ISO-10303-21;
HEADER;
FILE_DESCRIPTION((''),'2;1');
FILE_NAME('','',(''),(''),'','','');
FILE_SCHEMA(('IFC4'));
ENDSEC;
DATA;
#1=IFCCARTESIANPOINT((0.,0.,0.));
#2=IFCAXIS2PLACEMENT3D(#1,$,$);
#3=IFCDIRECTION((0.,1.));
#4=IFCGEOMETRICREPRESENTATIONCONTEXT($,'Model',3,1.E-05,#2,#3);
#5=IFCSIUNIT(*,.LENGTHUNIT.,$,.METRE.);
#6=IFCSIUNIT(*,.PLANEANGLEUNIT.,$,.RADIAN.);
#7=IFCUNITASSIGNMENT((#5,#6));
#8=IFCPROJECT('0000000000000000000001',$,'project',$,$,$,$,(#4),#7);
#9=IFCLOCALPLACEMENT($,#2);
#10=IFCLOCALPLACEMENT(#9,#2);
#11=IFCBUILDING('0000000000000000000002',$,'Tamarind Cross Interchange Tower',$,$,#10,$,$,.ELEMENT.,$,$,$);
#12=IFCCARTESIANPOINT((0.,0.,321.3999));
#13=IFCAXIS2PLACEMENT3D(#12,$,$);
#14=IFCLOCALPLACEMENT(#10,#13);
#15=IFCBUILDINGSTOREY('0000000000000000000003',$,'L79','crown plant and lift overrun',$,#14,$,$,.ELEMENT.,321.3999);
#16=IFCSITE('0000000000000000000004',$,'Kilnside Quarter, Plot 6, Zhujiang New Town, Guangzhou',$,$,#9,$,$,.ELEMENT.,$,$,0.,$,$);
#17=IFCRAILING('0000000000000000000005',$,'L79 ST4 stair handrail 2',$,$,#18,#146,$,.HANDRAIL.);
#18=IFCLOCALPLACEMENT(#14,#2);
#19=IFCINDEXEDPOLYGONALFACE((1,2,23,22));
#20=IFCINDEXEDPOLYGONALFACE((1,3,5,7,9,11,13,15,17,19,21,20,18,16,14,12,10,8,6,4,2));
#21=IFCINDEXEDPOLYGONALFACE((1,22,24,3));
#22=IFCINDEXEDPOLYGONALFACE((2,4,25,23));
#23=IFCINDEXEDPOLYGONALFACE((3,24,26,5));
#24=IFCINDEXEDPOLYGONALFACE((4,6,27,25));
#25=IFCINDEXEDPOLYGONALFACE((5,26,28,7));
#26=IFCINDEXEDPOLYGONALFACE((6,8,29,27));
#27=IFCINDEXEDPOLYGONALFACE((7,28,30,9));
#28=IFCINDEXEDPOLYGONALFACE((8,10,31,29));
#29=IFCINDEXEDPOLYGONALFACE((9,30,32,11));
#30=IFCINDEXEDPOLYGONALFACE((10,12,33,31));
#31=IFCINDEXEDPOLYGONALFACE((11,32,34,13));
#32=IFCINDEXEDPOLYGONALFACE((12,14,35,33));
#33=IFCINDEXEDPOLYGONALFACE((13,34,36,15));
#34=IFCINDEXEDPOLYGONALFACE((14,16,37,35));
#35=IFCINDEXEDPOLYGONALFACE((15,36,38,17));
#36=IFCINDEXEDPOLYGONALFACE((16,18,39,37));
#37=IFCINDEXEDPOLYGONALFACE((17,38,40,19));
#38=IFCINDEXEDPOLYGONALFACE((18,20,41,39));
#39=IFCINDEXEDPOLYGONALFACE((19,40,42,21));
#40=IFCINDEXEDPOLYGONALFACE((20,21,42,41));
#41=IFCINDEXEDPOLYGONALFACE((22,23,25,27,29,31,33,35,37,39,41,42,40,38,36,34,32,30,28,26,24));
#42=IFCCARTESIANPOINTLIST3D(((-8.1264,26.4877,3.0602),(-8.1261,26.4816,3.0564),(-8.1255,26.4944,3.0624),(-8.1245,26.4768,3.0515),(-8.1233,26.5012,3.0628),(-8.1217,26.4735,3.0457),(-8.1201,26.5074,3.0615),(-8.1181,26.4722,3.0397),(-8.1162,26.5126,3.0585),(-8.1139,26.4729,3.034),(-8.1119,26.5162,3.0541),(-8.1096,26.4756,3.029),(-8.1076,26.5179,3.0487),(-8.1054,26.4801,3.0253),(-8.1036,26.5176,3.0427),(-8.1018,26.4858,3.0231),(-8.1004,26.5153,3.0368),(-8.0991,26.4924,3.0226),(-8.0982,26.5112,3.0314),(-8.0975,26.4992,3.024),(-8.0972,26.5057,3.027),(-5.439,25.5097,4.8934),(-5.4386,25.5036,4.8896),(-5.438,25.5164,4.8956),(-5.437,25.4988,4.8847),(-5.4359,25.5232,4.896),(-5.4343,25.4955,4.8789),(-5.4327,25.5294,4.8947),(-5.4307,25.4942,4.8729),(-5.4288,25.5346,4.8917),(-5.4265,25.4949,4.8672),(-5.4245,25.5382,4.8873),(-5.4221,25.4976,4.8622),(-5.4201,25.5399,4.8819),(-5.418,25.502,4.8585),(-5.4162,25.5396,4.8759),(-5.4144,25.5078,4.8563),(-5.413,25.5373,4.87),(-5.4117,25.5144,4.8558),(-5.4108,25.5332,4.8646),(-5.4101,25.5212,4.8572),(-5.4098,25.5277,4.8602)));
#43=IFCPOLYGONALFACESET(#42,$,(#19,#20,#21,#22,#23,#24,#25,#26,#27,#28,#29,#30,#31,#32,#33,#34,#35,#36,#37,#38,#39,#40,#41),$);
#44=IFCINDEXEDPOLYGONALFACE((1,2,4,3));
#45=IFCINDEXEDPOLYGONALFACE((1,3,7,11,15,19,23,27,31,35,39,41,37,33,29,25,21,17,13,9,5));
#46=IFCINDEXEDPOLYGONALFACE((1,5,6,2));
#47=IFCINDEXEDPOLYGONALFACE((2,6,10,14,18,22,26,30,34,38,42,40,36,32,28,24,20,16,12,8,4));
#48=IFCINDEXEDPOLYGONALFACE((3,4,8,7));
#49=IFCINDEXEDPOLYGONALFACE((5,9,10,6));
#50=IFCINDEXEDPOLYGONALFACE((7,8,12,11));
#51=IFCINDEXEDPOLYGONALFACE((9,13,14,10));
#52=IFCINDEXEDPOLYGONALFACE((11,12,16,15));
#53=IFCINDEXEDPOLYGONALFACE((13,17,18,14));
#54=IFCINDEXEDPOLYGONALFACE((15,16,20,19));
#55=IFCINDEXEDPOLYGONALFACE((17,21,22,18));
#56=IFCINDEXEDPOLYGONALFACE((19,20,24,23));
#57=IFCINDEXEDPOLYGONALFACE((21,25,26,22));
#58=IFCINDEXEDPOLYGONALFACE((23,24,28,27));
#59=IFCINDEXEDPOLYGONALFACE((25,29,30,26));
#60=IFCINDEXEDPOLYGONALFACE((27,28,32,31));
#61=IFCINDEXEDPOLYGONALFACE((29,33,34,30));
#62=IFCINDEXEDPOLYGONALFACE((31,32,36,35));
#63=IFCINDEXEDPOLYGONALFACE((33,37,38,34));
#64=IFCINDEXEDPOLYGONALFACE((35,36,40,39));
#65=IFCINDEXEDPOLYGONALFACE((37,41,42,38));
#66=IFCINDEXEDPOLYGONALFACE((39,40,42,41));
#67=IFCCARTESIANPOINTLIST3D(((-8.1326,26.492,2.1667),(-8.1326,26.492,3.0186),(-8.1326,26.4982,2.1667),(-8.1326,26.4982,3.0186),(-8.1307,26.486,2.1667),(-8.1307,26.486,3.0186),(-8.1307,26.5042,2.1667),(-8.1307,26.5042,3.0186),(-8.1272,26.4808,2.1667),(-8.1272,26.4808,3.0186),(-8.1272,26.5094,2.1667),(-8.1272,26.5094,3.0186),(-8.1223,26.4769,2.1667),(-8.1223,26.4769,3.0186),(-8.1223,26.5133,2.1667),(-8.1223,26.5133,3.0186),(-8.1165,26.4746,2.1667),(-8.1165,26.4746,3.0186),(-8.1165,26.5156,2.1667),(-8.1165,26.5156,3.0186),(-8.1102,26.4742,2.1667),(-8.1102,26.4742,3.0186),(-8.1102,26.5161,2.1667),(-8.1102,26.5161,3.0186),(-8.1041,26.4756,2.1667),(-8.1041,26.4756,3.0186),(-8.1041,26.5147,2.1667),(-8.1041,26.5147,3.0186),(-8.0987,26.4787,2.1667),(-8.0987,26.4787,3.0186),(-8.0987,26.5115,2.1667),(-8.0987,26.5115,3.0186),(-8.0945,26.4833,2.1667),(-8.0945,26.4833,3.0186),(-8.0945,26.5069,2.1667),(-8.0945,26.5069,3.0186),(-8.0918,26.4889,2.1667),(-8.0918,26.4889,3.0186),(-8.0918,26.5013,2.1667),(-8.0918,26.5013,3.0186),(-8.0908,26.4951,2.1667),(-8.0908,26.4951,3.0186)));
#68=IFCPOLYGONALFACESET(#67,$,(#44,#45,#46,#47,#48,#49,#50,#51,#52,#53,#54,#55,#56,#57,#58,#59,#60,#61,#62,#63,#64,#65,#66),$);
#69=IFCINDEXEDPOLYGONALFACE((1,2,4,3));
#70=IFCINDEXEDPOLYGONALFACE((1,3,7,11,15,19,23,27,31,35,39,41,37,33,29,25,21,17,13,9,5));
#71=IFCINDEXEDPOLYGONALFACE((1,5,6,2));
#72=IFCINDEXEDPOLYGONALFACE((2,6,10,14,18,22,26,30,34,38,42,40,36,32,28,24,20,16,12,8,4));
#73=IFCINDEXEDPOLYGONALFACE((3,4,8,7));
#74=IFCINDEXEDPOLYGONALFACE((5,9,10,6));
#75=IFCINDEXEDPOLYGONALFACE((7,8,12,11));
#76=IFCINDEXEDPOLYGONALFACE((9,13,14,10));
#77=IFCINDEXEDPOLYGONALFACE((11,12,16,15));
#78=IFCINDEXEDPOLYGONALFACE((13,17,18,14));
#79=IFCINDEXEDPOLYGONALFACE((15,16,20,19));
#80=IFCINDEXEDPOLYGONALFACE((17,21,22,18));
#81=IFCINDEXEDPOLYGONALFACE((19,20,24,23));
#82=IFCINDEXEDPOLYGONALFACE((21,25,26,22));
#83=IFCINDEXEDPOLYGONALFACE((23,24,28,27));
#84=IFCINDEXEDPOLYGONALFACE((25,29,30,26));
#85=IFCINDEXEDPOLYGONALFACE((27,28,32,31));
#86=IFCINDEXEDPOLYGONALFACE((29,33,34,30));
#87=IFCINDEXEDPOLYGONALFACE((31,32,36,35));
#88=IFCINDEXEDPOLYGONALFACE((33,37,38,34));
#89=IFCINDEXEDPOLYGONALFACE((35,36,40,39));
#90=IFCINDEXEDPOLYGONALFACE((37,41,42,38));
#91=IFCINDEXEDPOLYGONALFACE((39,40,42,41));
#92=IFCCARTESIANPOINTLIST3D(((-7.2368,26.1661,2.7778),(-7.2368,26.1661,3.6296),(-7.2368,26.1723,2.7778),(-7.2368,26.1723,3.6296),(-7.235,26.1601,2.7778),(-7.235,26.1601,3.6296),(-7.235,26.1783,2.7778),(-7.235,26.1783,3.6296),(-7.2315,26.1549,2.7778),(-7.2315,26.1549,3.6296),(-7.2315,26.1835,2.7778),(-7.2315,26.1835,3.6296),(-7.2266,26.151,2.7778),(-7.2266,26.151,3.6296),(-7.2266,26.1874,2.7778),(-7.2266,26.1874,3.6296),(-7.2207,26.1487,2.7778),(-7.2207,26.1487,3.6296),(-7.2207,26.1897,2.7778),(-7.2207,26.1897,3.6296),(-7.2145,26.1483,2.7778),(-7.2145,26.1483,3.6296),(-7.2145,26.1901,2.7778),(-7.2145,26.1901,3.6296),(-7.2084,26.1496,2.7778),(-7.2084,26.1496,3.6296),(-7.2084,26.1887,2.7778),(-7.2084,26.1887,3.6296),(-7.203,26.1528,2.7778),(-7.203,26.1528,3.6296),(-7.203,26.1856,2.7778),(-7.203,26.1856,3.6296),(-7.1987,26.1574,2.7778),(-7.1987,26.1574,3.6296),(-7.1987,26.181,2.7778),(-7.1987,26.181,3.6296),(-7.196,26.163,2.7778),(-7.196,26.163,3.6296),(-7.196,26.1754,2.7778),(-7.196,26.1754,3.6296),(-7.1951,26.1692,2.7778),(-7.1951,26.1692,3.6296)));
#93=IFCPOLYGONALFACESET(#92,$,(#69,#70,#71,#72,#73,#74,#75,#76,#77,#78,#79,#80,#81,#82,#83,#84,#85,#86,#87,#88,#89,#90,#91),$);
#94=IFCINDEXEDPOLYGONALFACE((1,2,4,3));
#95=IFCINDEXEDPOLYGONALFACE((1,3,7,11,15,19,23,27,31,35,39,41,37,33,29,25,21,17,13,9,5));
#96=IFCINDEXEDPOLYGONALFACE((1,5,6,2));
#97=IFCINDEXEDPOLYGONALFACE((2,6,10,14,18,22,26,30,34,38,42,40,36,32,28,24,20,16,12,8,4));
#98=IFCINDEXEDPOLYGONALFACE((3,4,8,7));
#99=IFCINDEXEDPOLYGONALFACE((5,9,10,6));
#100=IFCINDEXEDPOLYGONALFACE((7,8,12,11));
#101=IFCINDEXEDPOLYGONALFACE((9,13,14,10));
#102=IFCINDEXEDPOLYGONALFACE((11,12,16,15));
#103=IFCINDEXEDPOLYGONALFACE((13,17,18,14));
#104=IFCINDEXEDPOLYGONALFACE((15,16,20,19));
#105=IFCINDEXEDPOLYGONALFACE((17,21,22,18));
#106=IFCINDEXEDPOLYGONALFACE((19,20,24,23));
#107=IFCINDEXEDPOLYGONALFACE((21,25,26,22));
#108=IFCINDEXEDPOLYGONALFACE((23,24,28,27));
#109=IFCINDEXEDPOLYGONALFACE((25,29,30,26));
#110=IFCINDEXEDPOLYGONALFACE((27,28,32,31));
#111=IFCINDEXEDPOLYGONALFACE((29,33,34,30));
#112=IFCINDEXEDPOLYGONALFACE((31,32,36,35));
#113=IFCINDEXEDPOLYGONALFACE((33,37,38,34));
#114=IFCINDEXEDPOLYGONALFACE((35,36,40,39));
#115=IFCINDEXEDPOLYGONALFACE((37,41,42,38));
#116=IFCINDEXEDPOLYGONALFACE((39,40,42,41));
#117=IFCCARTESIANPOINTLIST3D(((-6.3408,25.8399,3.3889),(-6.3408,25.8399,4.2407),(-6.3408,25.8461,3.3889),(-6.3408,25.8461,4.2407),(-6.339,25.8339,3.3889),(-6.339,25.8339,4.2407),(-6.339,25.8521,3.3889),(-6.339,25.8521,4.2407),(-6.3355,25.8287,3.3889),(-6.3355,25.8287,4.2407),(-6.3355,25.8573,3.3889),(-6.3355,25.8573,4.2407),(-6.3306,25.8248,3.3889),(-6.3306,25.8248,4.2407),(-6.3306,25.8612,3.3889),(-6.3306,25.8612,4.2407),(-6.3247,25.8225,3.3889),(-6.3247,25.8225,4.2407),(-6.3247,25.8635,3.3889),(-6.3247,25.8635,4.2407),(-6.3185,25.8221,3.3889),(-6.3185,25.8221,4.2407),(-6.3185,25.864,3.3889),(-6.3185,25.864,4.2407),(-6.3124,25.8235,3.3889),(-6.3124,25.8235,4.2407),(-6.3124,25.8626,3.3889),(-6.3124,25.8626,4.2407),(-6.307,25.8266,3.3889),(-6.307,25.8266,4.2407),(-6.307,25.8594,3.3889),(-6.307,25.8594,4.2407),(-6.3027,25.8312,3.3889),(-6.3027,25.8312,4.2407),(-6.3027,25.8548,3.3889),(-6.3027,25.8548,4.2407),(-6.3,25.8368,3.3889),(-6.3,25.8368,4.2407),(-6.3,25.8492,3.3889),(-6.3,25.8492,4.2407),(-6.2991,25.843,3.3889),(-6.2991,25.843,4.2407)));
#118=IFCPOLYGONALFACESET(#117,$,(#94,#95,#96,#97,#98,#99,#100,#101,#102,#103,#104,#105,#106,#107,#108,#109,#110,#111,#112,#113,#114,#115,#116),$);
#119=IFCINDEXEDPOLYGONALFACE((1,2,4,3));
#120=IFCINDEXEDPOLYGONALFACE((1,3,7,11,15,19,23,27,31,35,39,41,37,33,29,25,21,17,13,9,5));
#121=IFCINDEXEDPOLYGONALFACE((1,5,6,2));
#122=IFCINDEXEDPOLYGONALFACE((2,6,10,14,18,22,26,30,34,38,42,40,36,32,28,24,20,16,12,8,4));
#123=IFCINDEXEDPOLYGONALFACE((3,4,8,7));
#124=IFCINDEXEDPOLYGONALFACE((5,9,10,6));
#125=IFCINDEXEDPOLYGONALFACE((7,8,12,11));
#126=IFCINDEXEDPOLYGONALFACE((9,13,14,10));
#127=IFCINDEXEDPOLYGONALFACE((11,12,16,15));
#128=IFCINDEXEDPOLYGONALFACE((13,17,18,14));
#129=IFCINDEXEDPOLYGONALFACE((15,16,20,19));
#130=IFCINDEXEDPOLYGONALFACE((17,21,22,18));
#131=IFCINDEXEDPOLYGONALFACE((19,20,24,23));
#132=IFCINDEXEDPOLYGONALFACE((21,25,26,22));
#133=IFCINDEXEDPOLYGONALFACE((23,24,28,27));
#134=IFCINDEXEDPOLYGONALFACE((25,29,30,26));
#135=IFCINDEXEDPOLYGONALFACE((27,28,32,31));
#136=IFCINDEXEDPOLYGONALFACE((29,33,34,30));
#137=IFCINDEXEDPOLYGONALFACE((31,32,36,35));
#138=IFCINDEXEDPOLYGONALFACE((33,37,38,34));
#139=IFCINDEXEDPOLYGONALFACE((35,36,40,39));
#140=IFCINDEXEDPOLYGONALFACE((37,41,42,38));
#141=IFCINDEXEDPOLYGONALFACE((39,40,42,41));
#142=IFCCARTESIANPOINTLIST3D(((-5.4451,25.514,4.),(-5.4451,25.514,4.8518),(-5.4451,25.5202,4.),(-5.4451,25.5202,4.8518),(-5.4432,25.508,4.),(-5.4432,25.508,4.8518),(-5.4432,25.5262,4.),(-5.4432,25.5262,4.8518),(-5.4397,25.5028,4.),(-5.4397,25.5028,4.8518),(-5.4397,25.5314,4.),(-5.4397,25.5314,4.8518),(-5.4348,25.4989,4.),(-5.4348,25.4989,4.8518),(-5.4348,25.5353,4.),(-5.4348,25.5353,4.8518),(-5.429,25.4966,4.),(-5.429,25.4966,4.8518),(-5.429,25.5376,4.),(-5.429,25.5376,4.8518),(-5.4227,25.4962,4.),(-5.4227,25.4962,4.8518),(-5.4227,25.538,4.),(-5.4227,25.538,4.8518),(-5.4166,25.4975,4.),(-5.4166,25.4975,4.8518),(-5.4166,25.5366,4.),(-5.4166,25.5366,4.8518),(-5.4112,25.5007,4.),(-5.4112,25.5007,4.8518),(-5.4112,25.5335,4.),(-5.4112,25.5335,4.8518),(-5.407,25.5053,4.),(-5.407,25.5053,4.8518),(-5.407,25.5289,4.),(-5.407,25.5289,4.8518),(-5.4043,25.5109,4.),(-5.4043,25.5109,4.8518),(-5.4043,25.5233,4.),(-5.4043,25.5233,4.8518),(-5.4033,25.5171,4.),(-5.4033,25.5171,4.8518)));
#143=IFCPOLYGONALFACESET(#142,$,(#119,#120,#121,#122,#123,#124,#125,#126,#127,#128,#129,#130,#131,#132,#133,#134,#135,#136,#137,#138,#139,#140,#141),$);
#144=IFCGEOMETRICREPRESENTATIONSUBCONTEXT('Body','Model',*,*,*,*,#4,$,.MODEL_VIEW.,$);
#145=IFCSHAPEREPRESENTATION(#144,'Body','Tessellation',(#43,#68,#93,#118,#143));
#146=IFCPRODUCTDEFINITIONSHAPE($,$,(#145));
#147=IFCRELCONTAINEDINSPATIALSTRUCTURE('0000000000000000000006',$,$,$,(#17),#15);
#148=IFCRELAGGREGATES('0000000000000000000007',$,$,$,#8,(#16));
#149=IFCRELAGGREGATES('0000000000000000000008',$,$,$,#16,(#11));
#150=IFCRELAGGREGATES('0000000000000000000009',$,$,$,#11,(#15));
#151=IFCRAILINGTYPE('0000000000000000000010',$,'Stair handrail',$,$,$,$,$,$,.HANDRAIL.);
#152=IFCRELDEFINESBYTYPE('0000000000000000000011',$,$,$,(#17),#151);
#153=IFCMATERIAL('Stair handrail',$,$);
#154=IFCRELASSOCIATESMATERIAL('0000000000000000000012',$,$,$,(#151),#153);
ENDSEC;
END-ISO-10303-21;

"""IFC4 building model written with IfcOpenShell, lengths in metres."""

from ifc_helpers import new_model, si_unit, direction, frame, origin, origin_2d, place, context, subcontext, project, spatial, circle, extrude, material, type_object, element, save


model = new_model("IFC4")

# Units and contexts
model_context = context("Model", 3, precision=1e-05, world=origin(), true_north=direction((0.0, 1.0)))
body_context = subcontext(model_context, "Body", "Model", "MODEL_VIEW")
ifc_project = project(units=[si_unit("LENGTHUNIT", "METRE"), si_unit("PLANEANGLEUNIT", "RADIAN")], contexts=[model_context])

# Site, building, storey
site_placement = place(None, origin())
site = spatial("IfcSite", under=ifc_project, at=site_placement, Name="Kilnside Quarter, Plot 6, Zhujiang New Town, Guangzhou", CompositionType="ELEMENT", RefElevation=0.0)
building_placement = place(site_placement, origin())
building = spatial("IfcBuilding", under=site, at=building_placement, Name="Tamarind Cross Interchange Tower", CompositionType="ELEMENT")
storey_placement = place(building_placement, frame((0.0, 0.0, 321.3999)))
storey = spatial("IfcBuildingStorey", under=building, at=storey_placement, Name="L79", Description="crown plant and lift overrun", CompositionType="ELEMENT", Elevation=321.3999)

# Railing
ifc_material_1 = material(Name="Stair handrail")
railing_type_1 = type_object("IfcRailingType", Name="Stair handrail", PredefinedType="HANDRAIL", material=ifc_material_1)
railing_1_placement = place(storey_placement, frame((-8.1118, 26.4951, 2.1667)))
element("IfcRailing", 1, at=railing_1_placement, inside=storey, type_object=railing_type_1, Name="L79 ST4 stair handrail 2", PredefinedType="HANDRAIL", context=body_context, shape_type="SweptSolid", body=[
    extrude(circle(Radius=0.0239, at=origin_2d()), frame((0.0, 0.0, 0.876), z_axis=(0.791126, -0.287904, 0.539659), x_axis=(0.341976, 0.939709, 0.0)), (0.0, 0.0, 1.0), 3.397),
    extrude(circle(Radius=0.021, at=origin_2d()), origin(), (0.0, 0.0, 1.0), 0.8518),
    extrude(circle(Radius=0.021, at=origin_2d()), frame((0.8958, -0.3259, 0.6111)), (0.0, 0.0, 1.0), 0.8518),
    extrude(circle(Radius=0.021, at=origin_2d()), frame((1.7917, -0.6521, 1.2222)), (0.0, 0.0, 1.0), 0.8518),
    extrude(circle(Radius=0.021, at=origin_2d()), frame((2.6875, -0.978, 1.8333)), (0.0, 0.0, 1.0), 0.8518),
])

save(model, "model.ifc")
